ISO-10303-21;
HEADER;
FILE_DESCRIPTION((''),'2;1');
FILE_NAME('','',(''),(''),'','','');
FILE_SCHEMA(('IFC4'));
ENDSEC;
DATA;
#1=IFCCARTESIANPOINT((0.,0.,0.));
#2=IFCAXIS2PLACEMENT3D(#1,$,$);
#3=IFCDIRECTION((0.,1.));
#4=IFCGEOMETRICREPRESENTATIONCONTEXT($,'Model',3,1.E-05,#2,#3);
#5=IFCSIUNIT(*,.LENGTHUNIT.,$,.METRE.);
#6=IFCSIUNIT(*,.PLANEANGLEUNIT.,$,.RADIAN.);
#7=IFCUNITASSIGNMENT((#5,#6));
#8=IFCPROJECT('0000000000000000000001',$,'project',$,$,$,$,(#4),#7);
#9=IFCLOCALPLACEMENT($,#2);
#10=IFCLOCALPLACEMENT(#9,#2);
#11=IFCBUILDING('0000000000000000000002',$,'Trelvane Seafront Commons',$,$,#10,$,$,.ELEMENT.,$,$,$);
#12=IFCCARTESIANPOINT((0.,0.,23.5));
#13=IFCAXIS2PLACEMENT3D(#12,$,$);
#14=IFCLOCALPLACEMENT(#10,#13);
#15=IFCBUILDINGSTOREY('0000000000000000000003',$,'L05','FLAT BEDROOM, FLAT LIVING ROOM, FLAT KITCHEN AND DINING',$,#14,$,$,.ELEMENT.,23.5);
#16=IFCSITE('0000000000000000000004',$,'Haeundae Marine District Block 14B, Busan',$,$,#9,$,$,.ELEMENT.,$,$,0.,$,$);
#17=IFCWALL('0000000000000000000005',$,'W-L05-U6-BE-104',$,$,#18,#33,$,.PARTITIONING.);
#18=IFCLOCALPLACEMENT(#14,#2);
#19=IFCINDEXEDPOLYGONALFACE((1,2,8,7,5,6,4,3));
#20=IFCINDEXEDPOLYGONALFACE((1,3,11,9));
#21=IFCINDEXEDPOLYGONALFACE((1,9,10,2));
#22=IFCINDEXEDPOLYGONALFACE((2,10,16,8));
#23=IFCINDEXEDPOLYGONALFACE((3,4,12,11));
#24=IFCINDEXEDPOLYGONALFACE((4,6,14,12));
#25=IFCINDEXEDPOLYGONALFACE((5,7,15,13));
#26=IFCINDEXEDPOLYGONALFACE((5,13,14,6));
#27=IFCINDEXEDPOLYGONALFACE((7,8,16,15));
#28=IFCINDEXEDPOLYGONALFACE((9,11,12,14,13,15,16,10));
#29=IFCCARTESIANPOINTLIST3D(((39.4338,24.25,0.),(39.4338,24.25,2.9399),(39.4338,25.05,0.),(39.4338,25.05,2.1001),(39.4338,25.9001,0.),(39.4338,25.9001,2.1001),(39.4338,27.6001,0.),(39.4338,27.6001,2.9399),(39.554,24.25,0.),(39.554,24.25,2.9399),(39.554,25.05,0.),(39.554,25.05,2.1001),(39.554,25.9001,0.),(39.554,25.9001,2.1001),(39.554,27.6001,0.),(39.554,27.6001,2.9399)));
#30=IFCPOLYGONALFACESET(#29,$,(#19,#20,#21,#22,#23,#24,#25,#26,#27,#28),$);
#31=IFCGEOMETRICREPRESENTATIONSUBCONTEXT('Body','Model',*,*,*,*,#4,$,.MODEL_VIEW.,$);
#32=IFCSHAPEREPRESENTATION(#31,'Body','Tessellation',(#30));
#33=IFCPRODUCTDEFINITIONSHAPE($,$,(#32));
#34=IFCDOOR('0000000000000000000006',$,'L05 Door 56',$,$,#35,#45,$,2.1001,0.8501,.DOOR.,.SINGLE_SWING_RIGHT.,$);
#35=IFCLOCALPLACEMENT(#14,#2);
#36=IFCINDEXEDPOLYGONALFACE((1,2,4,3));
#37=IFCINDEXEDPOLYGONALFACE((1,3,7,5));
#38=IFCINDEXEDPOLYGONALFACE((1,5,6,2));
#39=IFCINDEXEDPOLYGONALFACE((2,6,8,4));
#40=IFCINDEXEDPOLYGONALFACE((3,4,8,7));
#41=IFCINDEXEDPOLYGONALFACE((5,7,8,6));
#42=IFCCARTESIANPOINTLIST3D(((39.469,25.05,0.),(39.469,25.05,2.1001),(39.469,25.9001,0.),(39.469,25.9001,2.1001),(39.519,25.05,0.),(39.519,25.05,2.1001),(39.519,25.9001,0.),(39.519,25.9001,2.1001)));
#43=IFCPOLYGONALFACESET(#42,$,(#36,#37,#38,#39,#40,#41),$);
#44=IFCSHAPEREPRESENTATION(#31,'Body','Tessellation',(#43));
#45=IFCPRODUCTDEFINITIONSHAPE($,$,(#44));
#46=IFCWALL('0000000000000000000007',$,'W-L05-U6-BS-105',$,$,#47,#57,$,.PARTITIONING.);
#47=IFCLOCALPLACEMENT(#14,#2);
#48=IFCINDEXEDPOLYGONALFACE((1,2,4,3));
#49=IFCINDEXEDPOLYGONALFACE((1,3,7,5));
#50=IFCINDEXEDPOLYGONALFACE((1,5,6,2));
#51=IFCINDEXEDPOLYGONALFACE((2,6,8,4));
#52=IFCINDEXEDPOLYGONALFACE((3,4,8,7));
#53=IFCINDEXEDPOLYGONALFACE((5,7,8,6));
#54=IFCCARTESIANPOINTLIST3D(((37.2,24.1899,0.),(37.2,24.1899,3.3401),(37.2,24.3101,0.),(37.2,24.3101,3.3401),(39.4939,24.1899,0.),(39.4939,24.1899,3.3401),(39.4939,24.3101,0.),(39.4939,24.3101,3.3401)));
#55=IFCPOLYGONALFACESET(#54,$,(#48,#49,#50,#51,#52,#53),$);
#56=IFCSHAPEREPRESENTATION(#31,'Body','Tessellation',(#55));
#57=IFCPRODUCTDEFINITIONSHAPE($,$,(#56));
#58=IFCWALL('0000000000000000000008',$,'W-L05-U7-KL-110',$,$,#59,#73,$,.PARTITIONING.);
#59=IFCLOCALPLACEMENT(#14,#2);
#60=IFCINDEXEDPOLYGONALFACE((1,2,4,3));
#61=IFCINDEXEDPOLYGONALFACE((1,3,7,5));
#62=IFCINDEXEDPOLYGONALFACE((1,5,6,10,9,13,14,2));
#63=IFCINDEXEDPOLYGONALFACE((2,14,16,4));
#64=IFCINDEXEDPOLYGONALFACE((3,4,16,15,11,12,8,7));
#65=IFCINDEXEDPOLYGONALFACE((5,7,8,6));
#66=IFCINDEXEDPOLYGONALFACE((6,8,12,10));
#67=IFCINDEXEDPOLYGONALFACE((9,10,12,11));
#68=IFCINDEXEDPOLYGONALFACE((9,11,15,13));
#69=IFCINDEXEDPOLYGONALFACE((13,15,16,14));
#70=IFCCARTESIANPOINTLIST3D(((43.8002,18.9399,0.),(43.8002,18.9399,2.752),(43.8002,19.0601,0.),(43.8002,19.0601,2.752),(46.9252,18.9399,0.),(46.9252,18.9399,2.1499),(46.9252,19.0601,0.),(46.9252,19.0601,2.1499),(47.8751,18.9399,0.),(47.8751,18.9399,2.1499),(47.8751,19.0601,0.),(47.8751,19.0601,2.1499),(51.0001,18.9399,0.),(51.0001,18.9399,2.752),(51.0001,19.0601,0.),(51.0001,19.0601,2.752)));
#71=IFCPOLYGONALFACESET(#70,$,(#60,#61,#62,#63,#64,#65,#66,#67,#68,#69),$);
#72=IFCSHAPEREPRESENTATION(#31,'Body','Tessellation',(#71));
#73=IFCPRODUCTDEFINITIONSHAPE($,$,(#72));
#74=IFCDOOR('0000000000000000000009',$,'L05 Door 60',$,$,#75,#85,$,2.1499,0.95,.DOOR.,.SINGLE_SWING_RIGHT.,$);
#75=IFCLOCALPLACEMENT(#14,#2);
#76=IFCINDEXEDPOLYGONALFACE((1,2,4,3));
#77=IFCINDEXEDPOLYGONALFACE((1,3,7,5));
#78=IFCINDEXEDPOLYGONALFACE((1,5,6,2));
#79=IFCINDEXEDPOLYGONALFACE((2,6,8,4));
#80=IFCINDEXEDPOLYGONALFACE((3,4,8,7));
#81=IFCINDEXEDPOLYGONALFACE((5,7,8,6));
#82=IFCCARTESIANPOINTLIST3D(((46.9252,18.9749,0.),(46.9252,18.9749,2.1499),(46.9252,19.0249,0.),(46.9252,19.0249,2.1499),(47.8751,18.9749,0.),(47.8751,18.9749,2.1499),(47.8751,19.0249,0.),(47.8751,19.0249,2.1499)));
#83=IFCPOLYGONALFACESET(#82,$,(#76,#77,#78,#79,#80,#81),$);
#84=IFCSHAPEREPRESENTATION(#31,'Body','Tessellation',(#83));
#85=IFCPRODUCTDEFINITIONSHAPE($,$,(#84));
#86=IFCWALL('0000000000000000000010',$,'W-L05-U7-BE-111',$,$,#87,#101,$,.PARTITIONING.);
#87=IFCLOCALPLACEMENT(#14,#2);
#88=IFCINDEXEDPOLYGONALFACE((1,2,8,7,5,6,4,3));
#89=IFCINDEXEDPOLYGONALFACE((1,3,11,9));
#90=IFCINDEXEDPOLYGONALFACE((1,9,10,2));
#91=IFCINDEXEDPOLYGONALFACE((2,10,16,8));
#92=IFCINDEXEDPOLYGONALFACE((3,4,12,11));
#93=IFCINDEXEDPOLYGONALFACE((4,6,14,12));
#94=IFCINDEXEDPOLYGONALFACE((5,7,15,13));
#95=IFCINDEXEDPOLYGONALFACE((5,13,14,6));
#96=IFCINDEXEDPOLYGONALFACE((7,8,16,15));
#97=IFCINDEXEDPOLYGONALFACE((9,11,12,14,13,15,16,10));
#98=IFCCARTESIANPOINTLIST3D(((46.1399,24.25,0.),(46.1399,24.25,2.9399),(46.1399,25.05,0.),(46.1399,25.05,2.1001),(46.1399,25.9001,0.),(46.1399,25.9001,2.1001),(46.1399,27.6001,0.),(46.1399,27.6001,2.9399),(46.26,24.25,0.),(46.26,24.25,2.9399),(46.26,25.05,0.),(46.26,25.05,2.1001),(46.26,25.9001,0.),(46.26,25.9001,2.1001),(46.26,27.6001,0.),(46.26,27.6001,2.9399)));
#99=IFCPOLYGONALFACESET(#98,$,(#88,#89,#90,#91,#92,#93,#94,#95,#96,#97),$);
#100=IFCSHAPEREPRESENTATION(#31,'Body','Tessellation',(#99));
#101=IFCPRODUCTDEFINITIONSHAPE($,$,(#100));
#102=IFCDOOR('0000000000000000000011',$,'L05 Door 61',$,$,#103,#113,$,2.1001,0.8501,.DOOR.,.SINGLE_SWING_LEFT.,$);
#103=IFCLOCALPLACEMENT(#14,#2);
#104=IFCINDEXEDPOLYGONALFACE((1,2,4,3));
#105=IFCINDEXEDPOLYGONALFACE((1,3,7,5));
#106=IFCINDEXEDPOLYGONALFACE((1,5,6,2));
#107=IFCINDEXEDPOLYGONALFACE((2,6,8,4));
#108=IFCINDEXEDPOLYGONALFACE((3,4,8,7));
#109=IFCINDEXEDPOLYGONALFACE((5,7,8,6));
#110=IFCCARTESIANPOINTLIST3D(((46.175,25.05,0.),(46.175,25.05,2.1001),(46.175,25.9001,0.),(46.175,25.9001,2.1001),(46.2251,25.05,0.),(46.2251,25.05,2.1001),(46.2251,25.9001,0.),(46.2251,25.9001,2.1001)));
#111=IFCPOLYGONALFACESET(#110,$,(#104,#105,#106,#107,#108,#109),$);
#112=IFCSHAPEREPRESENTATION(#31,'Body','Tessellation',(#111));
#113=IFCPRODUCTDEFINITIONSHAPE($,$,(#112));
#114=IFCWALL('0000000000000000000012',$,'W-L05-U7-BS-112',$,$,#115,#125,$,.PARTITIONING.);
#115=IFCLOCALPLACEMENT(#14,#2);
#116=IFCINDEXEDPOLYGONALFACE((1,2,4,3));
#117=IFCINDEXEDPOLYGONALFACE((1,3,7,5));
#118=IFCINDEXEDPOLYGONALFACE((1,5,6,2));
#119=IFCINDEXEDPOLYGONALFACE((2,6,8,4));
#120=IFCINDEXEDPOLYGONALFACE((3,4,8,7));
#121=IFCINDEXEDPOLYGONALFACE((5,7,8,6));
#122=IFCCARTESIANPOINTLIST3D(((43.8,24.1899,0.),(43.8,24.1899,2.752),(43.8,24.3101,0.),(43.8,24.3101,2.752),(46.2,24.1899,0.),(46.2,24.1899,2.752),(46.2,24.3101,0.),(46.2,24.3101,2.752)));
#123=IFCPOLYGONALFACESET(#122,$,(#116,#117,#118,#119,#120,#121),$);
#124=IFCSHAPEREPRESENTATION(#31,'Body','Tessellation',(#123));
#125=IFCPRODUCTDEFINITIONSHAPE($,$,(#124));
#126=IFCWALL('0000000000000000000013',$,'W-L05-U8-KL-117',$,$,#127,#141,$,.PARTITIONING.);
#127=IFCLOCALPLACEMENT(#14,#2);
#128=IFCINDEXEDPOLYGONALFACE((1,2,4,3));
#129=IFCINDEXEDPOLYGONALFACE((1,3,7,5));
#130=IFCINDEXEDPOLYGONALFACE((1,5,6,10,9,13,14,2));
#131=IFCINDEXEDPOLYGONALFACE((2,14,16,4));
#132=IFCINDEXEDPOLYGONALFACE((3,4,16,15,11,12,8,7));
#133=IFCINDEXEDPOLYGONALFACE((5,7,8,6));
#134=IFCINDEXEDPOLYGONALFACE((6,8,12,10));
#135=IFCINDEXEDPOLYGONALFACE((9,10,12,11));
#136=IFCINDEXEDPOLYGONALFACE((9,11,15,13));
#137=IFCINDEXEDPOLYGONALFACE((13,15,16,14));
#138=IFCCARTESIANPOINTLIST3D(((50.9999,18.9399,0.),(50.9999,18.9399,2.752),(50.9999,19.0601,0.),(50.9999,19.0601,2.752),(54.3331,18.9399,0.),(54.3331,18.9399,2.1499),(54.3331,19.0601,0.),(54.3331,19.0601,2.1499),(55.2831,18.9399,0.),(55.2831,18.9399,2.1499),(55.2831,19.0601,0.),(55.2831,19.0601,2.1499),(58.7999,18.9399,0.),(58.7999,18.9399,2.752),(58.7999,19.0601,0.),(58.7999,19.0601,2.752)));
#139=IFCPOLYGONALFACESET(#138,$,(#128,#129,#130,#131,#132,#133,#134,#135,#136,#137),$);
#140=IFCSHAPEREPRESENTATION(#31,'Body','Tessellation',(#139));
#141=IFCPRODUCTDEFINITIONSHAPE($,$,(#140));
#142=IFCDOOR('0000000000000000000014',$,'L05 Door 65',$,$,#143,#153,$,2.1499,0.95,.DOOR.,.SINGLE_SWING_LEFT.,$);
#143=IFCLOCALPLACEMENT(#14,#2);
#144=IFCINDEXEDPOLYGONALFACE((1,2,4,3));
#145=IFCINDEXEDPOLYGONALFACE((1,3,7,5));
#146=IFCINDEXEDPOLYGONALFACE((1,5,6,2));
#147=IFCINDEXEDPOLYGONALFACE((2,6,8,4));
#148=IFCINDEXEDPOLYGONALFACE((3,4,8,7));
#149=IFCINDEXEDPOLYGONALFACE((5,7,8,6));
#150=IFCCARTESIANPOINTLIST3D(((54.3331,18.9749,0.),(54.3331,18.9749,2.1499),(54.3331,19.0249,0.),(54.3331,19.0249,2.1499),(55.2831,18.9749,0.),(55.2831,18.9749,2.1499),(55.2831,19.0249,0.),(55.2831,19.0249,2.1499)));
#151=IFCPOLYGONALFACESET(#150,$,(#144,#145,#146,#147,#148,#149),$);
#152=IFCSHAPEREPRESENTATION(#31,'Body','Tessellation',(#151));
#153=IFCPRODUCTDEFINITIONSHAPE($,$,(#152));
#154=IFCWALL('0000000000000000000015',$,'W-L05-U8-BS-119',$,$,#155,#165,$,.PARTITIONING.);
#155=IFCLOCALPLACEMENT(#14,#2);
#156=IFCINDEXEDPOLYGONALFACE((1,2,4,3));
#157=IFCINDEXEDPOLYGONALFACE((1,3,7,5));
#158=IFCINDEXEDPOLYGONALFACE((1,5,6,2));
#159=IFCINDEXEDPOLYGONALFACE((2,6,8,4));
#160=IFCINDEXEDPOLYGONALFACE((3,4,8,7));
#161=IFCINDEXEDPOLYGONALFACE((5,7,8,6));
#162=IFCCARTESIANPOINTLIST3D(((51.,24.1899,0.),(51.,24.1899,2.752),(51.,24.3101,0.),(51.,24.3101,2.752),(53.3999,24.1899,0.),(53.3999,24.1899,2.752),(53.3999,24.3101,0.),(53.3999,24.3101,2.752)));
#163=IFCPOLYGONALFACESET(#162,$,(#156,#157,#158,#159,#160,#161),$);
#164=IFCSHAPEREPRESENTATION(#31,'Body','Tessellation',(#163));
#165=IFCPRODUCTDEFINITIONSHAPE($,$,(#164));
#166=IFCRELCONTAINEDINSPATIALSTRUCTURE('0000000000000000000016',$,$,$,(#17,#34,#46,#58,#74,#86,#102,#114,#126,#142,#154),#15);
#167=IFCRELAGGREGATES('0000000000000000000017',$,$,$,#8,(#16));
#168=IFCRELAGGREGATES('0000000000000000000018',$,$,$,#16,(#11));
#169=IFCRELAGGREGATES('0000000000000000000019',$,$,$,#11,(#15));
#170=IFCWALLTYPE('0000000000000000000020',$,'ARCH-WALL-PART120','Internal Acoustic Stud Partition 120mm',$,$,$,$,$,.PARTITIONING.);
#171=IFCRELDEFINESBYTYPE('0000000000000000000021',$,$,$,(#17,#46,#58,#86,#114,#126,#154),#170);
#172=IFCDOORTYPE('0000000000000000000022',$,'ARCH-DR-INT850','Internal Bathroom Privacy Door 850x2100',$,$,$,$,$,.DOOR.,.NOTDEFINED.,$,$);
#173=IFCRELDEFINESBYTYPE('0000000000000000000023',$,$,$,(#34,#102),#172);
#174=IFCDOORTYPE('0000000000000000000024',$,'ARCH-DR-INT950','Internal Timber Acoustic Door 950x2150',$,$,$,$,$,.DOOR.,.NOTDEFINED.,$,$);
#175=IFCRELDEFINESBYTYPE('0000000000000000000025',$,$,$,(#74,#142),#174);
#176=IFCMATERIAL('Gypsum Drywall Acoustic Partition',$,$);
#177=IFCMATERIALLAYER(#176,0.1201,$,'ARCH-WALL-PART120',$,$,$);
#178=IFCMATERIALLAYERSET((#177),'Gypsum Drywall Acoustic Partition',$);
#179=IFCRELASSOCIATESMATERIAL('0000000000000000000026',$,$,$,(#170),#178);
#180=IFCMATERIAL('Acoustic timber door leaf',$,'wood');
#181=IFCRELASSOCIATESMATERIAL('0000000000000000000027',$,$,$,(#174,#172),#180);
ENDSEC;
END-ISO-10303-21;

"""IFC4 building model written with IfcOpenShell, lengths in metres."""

from ifc_helpers import new_model, si_unit, direction, frame, frame_2d, origin, place, context, subcontext, project, spatial, rectangle, extrude, source, transform, mapped, material, layer, layer_set, type_object, element, fill, save


model = new_model("IFC4")

# Units and contexts
model_context = context("Model", 3, precision=1e-05, world=origin(), true_north=direction((0.0, 1.0)))
body_context = subcontext(model_context, "Body", "Model", "MODEL_VIEW")
ifc_project = project(units=[si_unit("LENGTHUNIT", "METRE"), si_unit("PLANEANGLEUNIT", "RADIAN")], contexts=[model_context])

# Site, building, storey
site_placement = place(None, origin())
site = spatial("IfcSite", under=ifc_project, at=site_placement, Name="Haeundae Marine District Block 14B, Busan", CompositionType="ELEMENT", RefElevation=0.0)
building_placement = place(site_placement, origin())
building = spatial("IfcBuilding", under=site, at=building_placement, Name="Trelvane Seafront Commons", CompositionType="ELEMENT")
storey_placement = place(building_placement, frame((0.0, 0.0, 23.5)))
storey = spatial("IfcBuildingStorey", under=building, at=storey_placement, Name="L05", Description="FLAT BEDROOM, FLAT LIVING ROOM, FLAT KITCHEN AND DINING", CompositionType="ELEMENT", Elevation=23.5)

# Wall, opening, door
ifc_material_1 = material(Name="Gypsum Drywall Acoustic Partition")
ifc_layer = layer(ifc_material_1, 0.1201, Name="ARCH-WALL-PART120")
ifc_layer_set = layer_set([ifc_layer], Name="Gypsum Drywall Acoustic Partition")
wall_type = type_object("IfcWallType", Name="ARCH-WALL-PART120", Description="Internal Acoustic Stud Partition 120mm", PredefinedType="PARTITIONING", material=ifc_layer_set)
ifc_material_2 = material(Name="Acoustic timber door leaf", Category="wood")
door_type_1 = type_object("IfcDoorType", Name="ARCH-DR-INT950", Description="Internal Timber Acoustic Door 950x2150", OperationType="NOTDEFINED", PredefinedType="DOOR", material=ifc_material_2)
shared_shape_1 = source(origin(), body_context, "Body", "SweptSolid", [
    extrude(rectangle(XDim=0.95, YDim=2.1499, at=frame_2d((0.4751, 1.075))), frame((0.0, 0.0249, 0.0), z_axis=(0.0, -1.0, 0.0), x_axis=(1.0, 0.0, 0.0)), (0.0, 0.0, 1.0), 0.05),
])
wall_1_placement = place(storey_placement, frame((39.4939, 24.25, 0.0), z_axis=(0.0, 0.0, 1.0), x_axis=(0.0, 1.0, 0.0)))
wall_1 = element("IfcWall", 1, at=wall_1_placement, inside=storey, type_object=wall_type, Name="W-L05-U6-BE-104", PredefinedType="PARTITIONING", context=body_context, shape_type="SweptSolid", body=[
    extrude(rectangle(XDim=3.3501, YDim=0.1201, at=frame_2d((1.675, 0.0))), origin(), (0.0, 0.0, 1.0), 2.9399),
])
opening_1_placement = place(wall_1_placement, frame((0.8, 0.0, 0.0)))
opening_1 = element("IfcOpeningElement", 2, at=opening_1_placement, cuts=wall_1, PredefinedType="OPENING", context=body_context, shape_type="SweptSolid", body=[
    extrude(rectangle(XDim=0.8501, YDim=2.1001, at=frame_2d((0.425, 1.05))), frame((0.0, 0.0701, 0.0), z_axis=(0.0, -1.0, 0.0), x_axis=(1.0, 0.0, 0.0)), (0.0, 0.0, 1.0), 0.1401),
])
door_type_2 = type_object("IfcDoorType", Name="ARCH-DR-INT850", Description="Internal Bathroom Privacy Door 850x2100", OperationType="NOTDEFINED", PredefinedType="DOOR", material=ifc_material_2)
shared_shape_2 = source(origin(), body_context, "Body", "SweptSolid", [
    extrude(rectangle(XDim=0.8501, YDim=2.1001, at=frame_2d((0.425, 1.05))), frame((0.0, 0.0249, 0.0), z_axis=(0.0, -1.0, 0.0), x_axis=(1.0, 0.0, 0.0)), (0.0, 0.0, 1.0), 0.05),
])
door_1_placement = place(opening_1_placement, origin())
door_1 = element("IfcDoor", 3, at=door_1_placement, inside=storey, type_object=door_type_2, Name="L05 Door 56", OperationType="SINGLE_SWING_RIGHT", OverallHeight=2.1001, OverallWidth=0.8501, PredefinedType="DOOR", context=body_context, shape_type="MappedRepresentation", body=[
    mapped(shared_shape_2, transform((0.0, 0.0, 0.0), x_axis=(1.0, 0.0, 0.0), y_axis=(0.0, 1.0, 0.0), z_axis=(0.0, 0.0, 1.0), scale=1.0)),
])
fill(opening_1, door_1)

# Wall
wall_2_placement = place(storey_placement, frame((37.2, 24.25, 0.0), z_axis=(0.0, 0.0, 1.0), x_axis=(1.0, 0.0, 0.0)))
element("IfcWall", 4, at=wall_2_placement, inside=storey, type_object=wall_type, Name="W-L05-U6-BS-105", PredefinedType="PARTITIONING", context=body_context, shape_type="SweptSolid", body=[
    extrude(rectangle(XDim=2.2939, YDim=0.1201, at=frame_2d((1.147, 0.0))), origin(), (0.0, 0.0, 1.0), 3.3401),
])

# Walls, openings, doors
wall_3_placement = place(storey_placement, frame((43.8, 19.0, 0.0), z_axis=(0.0, 0.0, 1.0), x_axis=(1.0, 0.0, 0.0)))
wall_3 = element("IfcWall", 5, at=wall_3_placement, inside=storey, type_object=wall_type, Name="W-L05-U7-KL-110", PredefinedType="PARTITIONING", context=body_context, shape_type="SweptSolid", body=[
    extrude(rectangle(XDim=7.2, YDim=0.1201, at=frame_2d((3.6001, 0.0))), origin(), (0.0, 0.0, 1.0), 2.752),
])
opening_2_placement = place(wall_3_placement, frame((3.125, 0.0, 0.0)))
opening_2 = element("IfcOpeningElement", 6, at=opening_2_placement, cuts=wall_3, PredefinedType="OPENING", context=body_context, shape_type="SweptSolid", body=[
    extrude(rectangle(XDim=0.95, YDim=2.1499, at=frame_2d((0.4751, 1.075))), frame((0.0, 0.0701, 0.0), z_axis=(0.0, -1.0, 0.0), x_axis=(1.0, 0.0, 0.0)), (0.0, 0.0, 1.0), 0.1401),
])
door_2_placement = place(opening_2_placement, origin())
door_2 = element("IfcDoor", 7, at=door_2_placement, inside=storey, type_object=door_type_1, Name="L05 Door 60", OperationType="SINGLE_SWING_RIGHT", OverallHeight=2.1499, OverallWidth=0.95, PredefinedType="DOOR", context=body_context, shape_type="MappedRepresentation", body=[
    mapped(shared_shape_1, transform((0.0, 0.0, 0.0), x_axis=(1.0, 0.0, 0.0), y_axis=(0.0, 1.0, 0.0), z_axis=(0.0, 0.0, 1.0), scale=1.0)),
])
fill(opening_2, door_2)
wall_4_placement = place(storey_placement, frame((46.2, 24.25, 0.0), z_axis=(0.0, 0.0, 1.0), x_axis=(0.0, 1.0, 0.0)))
wall_4 = element("IfcWall", 8, at=wall_4_placement, inside=storey, type_object=wall_type, Name="W-L05-U7-BE-111", PredefinedType="PARTITIONING", context=body_context, shape_type="SweptSolid", body=[
    extrude(rectangle(XDim=3.3501, YDim=0.1201, at=frame_2d((1.675, 0.0))), origin(), (0.0, 0.0, 1.0), 2.9399),
])
opening_3_placement = place(wall_4_placement, frame((0.8, 0.0, 0.0)))
opening_3 = element("IfcOpeningElement", 9, at=opening_3_placement, cuts=wall_4, PredefinedType="OPENING", context=body_context, shape_type="SweptSolid", body=[
    extrude(rectangle(XDim=0.8501, YDim=2.1001, at=frame_2d((0.425, 1.05))), frame((0.0, 0.0701, 0.0), z_axis=(0.0, -1.0, 0.0), x_axis=(1.0, 0.0, 0.0)), (0.0, 0.0, 1.0), 0.1401),
])
door_3_placement = place(opening_3_placement, origin())
door_3 = element("IfcDoor", 10, at=door_3_placement, inside=storey, type_object=door_type_2, Name="L05 Door 61", OperationType="SINGLE_SWING_LEFT", OverallHeight=2.1001, OverallWidth=0.8501, PredefinedType="DOOR", context=body_context, shape_type="MappedRepresentation", body=[
    mapped(shared_shape_2, transform((0.0, 0.0, 0.0), x_axis=(1.0, 0.0, 0.0), y_axis=(0.0, 1.0, 0.0), z_axis=(0.0, 0.0, 1.0), scale=1.0)),
])
fill(opening_3, door_3)

# Wall
wall_5_placement = place(storey_placement, frame((43.8, 24.25, 0.0), z_axis=(0.0, 0.0, 1.0), x_axis=(1.0, 0.0, 0.0)))
element("IfcWall", 11, at=wall_5_placement, inside=storey, type_object=wall_type, Name="W-L05-U7-BS-112", PredefinedType="PARTITIONING", context=body_context, shape_type="SweptSolid", body=[
    extrude(rectangle(XDim=2.3999, YDim=0.1201, at=frame_2d((1.2, 0.0))), origin(), (0.0, 0.0, 1.0), 2.752),
])

# Wall, opening, door
wall_6_placement = place(storey_placement, frame((51.0, 19.0, 0.0), z_axis=(0.0, 0.0, 1.0), x_axis=(1.0, 0.0, 0.0)))
wall_6 = element("IfcWall", 12, at=wall_6_placement, inside=storey, type_object=wall_type, Name="W-L05-U8-KL-117", PredefinedType="PARTITIONING", context=body_context, shape_type="SweptSolid", body=[
    extrude(rectangle(XDim=7.8, YDim=0.1201, at=frame_2d((3.8999, 0.0))), origin(), (0.0, 0.0, 1.0), 2.752),
])
opening_4_placement = place(wall_6_placement, frame((3.333, 0.0, 0.0)))
opening_4 = element("IfcOpeningElement", 13, at=opening_4_placement, cuts=wall_6, PredefinedType="OPENING", context=body_context, shape_type="SweptSolid", body=[
    extrude(rectangle(XDim=0.95, YDim=2.1499, at=frame_2d((0.4751, 1.075))), frame((0.0, 0.0701, 0.0), z_axis=(0.0, -1.0, 0.0), x_axis=(1.0, 0.0, 0.0)), (0.0, 0.0, 1.0), 0.1401),
])
door_4_placement = place(opening_4_placement, origin())
door_4 = element("IfcDoor", 14, at=door_4_placement, inside=storey, type_object=door_type_1, Name="L05 Door 65", OperationType="SINGLE_SWING_LEFT", OverallHeight=2.1499, OverallWidth=0.95, PredefinedType="DOOR", context=body_context, shape_type="MappedRepresentation", body=[
    mapped(shared_shape_1, transform((0.0, 0.0, 0.0), x_axis=(1.0, 0.0, 0.0), y_axis=(0.0, 1.0, 0.0), z_axis=(0.0, 0.0, 1.0), scale=1.0)),
])
fill(opening_4, door_4)

# Wall
wall_7_placement = place(storey_placement, frame((51.0, 24.25, 0.0), z_axis=(0.0, 0.0, 1.0), x_axis=(1.0, 0.0, 0.0)))
element("IfcWall", 15, at=wall_7_placement, inside=storey, type_object=wall_type, Name="W-L05-U8-BS-119", PredefinedType="PARTITIONING", context=body_context, shape_type="SweptSolid", body=[
    extrude(rectangle(XDim=2.3999, YDim=0.1201, at=frame_2d((1.2, 0.0))), origin(), (0.0, 0.0, 1.0), 2.752),
])

save(model, "model.ifc")
